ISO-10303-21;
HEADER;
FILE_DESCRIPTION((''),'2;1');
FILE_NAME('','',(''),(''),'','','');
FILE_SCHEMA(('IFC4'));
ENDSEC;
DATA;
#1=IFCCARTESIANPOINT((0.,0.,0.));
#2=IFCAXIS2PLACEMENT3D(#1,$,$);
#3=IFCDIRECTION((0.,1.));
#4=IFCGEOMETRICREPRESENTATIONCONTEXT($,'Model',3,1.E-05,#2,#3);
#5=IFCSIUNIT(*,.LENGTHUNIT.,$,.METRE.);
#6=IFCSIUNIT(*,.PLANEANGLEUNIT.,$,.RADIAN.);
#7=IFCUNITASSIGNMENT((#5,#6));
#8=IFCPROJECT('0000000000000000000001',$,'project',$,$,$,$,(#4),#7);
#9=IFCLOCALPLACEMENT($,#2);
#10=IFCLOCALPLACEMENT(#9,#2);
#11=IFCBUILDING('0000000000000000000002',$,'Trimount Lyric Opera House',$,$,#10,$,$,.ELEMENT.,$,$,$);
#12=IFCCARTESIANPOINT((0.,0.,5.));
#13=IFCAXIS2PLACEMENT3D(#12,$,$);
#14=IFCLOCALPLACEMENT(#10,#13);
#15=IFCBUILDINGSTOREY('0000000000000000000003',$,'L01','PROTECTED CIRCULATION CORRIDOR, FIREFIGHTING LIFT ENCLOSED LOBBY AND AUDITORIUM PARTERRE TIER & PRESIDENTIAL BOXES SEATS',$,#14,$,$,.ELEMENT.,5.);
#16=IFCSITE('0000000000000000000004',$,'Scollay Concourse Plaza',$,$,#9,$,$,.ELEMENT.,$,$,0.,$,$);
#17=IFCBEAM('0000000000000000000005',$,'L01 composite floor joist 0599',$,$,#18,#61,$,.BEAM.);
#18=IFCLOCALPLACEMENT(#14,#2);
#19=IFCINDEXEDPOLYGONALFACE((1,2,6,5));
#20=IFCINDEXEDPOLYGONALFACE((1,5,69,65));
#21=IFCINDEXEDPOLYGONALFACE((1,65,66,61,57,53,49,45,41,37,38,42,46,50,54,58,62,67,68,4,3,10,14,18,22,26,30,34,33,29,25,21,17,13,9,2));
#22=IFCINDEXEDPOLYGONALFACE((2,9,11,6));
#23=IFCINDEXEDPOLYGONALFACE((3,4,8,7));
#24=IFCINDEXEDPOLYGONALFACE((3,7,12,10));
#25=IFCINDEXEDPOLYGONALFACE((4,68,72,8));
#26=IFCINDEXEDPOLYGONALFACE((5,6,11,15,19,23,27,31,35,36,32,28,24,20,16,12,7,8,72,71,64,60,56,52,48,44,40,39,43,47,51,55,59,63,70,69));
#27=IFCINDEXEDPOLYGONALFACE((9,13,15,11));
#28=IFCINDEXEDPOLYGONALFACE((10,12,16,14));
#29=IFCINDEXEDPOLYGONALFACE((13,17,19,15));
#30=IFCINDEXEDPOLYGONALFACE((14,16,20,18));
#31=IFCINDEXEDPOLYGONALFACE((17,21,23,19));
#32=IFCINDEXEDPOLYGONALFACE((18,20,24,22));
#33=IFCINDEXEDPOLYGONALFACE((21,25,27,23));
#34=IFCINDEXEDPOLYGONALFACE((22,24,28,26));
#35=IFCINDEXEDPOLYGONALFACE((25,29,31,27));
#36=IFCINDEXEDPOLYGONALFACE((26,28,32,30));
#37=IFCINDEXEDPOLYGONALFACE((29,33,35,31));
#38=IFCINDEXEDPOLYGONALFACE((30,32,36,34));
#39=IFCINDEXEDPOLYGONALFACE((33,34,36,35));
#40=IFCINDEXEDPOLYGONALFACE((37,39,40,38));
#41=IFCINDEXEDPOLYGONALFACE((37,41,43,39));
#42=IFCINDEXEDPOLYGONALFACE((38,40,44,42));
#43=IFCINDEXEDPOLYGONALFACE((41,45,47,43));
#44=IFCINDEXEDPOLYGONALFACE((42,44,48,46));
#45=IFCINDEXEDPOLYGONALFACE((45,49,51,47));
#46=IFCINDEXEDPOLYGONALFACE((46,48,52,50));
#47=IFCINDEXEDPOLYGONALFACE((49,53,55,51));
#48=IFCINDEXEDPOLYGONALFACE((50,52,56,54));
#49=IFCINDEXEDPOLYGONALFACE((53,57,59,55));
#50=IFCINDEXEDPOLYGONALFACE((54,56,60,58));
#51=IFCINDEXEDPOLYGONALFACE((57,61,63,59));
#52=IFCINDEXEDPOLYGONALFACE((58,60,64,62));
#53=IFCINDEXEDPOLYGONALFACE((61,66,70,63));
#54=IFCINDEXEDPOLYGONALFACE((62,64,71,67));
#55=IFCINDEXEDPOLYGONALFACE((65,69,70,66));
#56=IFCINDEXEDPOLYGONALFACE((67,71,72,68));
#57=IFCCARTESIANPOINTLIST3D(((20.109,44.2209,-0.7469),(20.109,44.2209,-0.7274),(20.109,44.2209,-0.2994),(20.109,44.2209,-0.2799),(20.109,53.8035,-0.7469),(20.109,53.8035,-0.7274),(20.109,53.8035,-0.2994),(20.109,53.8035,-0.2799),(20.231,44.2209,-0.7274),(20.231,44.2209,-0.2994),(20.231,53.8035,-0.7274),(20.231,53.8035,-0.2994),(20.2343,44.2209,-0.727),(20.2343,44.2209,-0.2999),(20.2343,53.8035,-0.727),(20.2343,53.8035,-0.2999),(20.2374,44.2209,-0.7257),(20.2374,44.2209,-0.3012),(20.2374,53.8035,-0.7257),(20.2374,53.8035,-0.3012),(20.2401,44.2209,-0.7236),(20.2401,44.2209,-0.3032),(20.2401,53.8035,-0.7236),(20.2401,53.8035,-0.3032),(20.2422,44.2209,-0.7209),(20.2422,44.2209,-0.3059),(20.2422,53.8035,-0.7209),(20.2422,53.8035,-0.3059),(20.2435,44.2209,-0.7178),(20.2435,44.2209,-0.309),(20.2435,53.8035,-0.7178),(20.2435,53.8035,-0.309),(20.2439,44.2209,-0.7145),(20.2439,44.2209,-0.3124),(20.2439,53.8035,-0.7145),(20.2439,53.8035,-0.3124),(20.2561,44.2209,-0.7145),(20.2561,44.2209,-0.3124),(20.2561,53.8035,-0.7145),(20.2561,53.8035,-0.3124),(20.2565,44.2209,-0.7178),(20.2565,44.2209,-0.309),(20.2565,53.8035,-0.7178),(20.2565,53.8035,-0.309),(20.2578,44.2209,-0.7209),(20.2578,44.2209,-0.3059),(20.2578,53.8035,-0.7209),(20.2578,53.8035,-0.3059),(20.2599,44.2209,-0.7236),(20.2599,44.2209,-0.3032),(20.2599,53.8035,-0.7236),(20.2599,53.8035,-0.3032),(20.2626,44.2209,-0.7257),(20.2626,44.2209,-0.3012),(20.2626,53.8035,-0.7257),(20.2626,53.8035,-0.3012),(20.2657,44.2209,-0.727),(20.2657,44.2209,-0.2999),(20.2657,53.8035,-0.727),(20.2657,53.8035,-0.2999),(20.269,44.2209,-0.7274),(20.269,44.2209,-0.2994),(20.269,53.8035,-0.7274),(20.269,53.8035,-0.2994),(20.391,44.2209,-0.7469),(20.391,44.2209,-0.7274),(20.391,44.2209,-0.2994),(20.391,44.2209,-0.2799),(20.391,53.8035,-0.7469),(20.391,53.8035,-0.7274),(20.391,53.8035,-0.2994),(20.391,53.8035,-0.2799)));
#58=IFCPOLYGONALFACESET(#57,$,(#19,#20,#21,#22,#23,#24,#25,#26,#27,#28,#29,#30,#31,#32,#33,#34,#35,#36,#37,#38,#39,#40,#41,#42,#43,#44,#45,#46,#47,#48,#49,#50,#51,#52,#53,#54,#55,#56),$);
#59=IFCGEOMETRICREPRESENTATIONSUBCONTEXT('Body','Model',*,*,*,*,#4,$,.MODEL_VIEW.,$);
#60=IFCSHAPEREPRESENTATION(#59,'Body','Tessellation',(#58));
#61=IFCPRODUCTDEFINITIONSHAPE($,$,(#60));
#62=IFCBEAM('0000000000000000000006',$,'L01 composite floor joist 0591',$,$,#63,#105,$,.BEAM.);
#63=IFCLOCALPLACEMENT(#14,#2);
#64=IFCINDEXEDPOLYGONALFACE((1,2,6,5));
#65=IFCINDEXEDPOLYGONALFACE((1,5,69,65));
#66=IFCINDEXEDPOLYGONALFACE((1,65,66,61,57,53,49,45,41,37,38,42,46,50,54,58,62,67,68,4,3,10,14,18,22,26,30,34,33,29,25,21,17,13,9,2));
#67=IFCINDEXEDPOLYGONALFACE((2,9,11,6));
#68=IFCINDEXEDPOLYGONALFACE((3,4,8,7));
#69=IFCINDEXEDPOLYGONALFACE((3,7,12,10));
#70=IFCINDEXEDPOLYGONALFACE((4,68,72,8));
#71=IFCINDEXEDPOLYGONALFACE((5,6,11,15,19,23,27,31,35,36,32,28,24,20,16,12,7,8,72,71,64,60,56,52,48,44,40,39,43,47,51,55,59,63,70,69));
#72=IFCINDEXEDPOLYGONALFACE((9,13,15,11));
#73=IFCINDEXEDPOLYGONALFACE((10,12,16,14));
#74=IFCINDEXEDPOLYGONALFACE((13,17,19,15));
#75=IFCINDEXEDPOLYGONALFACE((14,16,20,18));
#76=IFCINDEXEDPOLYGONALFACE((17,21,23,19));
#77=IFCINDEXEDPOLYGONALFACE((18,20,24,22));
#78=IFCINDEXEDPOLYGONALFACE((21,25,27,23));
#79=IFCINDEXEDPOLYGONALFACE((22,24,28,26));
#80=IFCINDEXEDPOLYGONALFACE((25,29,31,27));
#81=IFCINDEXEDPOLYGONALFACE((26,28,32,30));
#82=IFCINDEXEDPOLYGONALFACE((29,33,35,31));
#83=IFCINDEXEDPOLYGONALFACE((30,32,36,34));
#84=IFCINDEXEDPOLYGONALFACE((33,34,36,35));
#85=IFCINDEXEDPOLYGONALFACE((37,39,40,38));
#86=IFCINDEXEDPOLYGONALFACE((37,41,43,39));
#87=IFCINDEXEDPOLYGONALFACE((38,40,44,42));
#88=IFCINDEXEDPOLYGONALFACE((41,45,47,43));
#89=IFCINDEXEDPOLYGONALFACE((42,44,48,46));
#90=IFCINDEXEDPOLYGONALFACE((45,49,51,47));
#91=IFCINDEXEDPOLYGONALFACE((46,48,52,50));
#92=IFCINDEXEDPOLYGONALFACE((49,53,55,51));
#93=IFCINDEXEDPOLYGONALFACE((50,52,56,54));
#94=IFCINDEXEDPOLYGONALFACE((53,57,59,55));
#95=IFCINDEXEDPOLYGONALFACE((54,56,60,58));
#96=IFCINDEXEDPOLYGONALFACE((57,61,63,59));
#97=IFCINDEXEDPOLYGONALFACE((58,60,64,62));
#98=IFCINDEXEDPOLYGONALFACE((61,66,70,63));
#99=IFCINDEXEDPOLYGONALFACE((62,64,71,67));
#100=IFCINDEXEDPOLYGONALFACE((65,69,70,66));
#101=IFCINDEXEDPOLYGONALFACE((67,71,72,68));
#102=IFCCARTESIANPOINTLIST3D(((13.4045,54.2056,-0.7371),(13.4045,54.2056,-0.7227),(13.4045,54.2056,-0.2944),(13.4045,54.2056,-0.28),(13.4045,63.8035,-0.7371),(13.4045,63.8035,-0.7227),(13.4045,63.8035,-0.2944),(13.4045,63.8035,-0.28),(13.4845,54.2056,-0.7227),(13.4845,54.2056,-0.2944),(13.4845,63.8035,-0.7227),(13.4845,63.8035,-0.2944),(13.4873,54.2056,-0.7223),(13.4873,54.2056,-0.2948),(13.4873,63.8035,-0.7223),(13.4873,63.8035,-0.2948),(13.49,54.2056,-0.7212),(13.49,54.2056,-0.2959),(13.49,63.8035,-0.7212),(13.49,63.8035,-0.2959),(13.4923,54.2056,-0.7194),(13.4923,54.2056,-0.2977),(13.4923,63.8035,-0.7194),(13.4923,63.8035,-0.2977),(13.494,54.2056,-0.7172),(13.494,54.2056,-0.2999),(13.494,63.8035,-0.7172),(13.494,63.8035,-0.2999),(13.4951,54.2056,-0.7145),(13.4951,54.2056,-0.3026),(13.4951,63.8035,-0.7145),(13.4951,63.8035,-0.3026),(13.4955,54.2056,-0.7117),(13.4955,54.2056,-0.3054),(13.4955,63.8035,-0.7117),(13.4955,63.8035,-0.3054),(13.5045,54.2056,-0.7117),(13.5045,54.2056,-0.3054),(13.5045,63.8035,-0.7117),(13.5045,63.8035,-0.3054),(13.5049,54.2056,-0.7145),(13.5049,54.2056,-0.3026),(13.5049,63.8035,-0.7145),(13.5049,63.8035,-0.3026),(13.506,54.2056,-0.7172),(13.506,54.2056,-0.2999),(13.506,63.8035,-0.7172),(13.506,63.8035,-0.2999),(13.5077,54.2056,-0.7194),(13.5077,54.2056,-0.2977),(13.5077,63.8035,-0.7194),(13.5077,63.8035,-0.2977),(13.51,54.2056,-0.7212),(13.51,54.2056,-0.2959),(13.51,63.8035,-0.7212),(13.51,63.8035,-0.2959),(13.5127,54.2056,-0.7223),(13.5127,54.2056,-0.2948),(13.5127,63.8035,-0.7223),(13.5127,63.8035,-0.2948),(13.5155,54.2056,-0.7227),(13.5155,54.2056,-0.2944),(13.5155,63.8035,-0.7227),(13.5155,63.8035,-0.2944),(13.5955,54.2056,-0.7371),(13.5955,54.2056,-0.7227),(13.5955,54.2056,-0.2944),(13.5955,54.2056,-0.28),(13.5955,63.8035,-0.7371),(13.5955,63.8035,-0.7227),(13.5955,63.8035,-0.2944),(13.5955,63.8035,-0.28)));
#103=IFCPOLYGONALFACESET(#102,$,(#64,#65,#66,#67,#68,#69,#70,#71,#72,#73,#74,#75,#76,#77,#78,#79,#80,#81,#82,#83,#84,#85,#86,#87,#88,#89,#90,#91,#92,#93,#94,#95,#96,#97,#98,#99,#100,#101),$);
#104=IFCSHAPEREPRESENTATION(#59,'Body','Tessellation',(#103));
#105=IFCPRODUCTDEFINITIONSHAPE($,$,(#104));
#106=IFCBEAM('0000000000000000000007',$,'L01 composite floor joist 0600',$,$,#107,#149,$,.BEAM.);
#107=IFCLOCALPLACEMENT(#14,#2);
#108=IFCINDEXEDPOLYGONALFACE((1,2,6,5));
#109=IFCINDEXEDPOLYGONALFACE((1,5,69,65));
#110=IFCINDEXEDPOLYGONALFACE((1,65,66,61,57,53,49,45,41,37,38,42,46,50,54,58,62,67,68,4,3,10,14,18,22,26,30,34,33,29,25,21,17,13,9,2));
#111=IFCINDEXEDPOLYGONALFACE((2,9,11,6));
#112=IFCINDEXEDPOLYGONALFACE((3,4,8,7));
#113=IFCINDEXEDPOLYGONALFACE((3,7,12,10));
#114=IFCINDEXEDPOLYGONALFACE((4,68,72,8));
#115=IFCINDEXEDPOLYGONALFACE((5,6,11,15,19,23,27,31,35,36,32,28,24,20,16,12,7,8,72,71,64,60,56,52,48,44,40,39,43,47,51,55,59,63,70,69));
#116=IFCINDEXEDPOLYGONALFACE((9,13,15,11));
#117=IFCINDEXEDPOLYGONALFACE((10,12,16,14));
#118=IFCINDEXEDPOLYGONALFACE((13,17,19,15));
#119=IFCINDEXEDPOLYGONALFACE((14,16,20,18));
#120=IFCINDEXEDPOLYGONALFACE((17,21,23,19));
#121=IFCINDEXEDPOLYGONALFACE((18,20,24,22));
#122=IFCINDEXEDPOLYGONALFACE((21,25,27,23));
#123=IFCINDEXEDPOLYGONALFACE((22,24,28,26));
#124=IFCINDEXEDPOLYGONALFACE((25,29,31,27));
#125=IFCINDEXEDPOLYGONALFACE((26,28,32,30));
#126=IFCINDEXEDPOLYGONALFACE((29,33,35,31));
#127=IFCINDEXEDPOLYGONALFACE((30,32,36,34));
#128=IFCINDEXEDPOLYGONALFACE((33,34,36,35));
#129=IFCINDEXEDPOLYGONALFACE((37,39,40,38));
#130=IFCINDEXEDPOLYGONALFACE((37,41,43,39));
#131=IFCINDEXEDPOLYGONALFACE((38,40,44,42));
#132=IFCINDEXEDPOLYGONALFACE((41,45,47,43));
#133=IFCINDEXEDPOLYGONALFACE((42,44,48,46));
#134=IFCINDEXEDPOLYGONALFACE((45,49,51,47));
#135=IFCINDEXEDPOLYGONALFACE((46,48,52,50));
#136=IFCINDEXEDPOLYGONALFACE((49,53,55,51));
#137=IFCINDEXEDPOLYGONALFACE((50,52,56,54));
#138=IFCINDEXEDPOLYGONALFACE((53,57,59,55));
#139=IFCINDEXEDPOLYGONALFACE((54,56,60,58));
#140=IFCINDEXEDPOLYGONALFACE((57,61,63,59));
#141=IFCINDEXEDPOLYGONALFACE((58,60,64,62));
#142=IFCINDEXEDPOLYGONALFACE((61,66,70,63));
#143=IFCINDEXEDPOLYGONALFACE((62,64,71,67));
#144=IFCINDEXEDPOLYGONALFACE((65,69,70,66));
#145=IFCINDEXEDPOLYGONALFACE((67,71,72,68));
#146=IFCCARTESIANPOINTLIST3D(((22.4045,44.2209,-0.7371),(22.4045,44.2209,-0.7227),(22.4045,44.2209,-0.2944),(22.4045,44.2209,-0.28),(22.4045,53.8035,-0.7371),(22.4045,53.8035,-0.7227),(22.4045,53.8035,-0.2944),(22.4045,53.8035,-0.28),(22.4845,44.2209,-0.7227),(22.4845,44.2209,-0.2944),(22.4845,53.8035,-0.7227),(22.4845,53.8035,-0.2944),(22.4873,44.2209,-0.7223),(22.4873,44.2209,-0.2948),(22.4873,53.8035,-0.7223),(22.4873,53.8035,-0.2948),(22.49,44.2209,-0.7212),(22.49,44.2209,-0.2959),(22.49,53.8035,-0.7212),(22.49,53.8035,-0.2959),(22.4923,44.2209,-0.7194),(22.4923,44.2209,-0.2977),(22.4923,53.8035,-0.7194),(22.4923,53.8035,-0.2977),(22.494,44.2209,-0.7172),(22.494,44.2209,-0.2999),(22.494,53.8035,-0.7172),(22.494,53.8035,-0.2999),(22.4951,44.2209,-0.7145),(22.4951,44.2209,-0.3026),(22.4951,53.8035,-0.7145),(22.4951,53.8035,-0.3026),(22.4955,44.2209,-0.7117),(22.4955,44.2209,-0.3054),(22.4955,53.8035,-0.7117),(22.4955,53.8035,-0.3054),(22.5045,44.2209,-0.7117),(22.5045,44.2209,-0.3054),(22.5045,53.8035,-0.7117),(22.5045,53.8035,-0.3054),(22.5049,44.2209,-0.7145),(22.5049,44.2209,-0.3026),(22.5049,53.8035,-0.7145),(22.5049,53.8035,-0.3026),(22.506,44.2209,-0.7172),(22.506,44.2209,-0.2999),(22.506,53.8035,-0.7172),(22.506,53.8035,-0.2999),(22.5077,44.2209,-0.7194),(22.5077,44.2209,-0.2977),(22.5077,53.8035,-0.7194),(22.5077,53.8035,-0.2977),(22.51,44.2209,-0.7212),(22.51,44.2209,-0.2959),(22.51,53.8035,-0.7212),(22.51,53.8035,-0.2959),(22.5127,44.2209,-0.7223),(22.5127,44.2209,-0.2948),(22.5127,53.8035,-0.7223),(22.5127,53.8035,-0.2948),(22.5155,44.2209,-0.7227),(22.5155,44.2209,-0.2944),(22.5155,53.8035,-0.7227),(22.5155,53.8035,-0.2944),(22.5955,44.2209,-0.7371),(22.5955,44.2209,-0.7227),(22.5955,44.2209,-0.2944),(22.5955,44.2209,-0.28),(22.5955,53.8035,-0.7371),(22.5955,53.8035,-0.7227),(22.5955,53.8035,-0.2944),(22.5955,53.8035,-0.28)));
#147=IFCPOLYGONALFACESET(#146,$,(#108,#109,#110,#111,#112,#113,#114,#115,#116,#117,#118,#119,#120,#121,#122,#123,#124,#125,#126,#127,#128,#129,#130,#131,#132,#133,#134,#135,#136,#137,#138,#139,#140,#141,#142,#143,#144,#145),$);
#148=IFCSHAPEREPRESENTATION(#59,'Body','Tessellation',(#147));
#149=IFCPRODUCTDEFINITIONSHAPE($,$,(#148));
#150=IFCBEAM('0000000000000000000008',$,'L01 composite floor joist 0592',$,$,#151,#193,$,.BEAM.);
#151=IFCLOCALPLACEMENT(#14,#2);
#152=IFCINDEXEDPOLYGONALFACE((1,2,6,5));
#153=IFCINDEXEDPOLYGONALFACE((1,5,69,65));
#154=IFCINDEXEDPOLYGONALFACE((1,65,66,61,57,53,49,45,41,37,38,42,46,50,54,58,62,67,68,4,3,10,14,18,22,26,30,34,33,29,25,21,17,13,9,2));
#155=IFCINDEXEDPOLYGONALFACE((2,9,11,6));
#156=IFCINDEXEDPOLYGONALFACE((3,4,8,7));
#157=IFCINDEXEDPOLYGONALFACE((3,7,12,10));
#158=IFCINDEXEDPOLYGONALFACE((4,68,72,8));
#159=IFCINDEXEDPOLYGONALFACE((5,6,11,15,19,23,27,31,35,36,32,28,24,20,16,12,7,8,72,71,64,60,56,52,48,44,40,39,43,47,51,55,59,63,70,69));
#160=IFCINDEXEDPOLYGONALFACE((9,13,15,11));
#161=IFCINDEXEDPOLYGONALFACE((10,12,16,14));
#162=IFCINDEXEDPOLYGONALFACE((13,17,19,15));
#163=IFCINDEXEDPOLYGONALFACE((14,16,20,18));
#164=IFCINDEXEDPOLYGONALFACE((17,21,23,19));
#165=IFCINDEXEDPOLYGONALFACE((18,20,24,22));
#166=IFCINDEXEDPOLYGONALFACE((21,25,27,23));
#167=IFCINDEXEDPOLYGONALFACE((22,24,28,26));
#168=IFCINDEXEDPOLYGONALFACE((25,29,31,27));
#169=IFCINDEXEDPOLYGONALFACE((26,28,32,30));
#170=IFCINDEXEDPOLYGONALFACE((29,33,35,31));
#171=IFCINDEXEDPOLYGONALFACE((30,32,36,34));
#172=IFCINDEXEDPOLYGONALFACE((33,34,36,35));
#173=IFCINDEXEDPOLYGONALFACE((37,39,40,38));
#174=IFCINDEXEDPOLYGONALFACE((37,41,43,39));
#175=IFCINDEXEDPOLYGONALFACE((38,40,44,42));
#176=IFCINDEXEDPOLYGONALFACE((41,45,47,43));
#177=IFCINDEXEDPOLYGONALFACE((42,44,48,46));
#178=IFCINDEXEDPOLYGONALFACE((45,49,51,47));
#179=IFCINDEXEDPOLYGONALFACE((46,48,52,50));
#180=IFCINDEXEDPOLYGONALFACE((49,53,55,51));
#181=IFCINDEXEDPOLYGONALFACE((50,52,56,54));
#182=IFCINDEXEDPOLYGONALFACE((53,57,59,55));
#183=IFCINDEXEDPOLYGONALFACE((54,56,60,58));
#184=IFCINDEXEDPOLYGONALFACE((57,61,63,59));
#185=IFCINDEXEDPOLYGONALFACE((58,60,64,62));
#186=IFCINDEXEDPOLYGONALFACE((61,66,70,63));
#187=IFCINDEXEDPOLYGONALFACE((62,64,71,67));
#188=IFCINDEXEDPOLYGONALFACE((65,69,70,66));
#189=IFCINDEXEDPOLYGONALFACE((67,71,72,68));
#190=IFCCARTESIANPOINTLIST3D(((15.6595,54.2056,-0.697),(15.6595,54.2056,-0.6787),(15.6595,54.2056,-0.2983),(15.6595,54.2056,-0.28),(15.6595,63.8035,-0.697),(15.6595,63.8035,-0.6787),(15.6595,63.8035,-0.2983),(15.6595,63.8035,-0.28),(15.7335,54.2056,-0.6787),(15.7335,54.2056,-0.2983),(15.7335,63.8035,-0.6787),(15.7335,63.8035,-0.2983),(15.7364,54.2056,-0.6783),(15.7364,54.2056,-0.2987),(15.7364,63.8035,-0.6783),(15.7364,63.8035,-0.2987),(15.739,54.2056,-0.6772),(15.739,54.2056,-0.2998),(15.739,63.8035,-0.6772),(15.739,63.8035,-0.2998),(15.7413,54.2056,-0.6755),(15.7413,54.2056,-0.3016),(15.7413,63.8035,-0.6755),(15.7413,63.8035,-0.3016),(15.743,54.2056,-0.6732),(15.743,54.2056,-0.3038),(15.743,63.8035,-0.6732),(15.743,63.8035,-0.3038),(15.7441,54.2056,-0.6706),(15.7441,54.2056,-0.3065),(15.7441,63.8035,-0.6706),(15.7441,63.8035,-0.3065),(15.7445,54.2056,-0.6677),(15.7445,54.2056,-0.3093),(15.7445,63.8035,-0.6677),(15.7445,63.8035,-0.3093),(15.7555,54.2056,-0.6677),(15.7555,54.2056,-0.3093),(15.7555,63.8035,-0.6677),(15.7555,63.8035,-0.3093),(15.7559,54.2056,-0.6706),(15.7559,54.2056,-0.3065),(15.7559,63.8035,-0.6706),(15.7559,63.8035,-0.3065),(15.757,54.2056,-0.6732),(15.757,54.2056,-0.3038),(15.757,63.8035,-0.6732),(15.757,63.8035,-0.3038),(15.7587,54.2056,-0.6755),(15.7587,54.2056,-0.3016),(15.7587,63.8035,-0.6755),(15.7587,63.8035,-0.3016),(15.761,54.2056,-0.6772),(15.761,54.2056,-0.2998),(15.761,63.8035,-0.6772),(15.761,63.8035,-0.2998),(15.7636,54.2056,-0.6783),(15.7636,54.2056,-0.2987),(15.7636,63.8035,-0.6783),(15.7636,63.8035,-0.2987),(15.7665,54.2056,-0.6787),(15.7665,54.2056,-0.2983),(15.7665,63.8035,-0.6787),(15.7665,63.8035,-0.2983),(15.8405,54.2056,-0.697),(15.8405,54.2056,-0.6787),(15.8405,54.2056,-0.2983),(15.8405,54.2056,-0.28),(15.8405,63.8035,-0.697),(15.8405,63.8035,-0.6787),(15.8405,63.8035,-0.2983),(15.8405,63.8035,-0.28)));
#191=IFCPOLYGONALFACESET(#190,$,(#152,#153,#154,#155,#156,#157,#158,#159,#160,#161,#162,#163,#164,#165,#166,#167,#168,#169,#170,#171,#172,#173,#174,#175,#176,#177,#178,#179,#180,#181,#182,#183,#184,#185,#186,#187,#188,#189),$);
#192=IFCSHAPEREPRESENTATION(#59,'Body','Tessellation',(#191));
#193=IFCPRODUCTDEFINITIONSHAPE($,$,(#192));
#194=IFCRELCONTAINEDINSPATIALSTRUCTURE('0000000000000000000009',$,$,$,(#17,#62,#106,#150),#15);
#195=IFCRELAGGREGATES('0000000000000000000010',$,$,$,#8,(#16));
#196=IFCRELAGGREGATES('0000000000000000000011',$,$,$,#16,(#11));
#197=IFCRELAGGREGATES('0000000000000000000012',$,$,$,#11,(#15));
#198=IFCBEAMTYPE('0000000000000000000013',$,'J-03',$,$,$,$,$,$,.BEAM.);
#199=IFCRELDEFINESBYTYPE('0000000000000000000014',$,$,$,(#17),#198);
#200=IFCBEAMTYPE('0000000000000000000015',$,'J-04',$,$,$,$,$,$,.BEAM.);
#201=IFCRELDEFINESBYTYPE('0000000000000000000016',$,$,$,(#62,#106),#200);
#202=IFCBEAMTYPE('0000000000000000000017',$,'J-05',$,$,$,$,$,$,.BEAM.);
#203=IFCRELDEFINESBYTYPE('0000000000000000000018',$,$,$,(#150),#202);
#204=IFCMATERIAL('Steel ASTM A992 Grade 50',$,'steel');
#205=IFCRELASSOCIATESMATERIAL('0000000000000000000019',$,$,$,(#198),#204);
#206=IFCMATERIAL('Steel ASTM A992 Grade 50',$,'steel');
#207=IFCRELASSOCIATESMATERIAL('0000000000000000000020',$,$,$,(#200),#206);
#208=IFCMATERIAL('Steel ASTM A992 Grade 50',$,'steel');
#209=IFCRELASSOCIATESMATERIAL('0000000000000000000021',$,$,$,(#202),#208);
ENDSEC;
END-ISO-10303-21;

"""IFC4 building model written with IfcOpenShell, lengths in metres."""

from ifc_helpers import new_model, si_unit, direction, frame, origin, origin_2d, place, context, subcontext, project, spatial, i_section, extrude, material, material_profile, profile_set, type_object, element, save


model = new_model("IFC4")

# Units and contexts
model_context = context("Model", 3, precision=1e-05, world=origin(), true_north=direction((0.0, 1.0)))
body_context = subcontext(model_context, "Body", "Model", "MODEL_VIEW")
ifc_project = project(units=[si_unit("LENGTHUNIT", "METRE"), si_unit("PLANEANGLEUNIT", "RADIAN")], contexts=[model_context])

# Site, building, storey
site_placement = place(None, origin())
site = spatial("IfcSite", under=ifc_project, at=site_placement, Name="Scollay Concourse Plaza", CompositionType="ELEMENT", RefElevation=0.0)
building_placement = place(site_placement, origin())
building = spatial("IfcBuilding", under=site, at=building_placement, Name="Trimount Lyric Opera House", CompositionType="ELEMENT")
storey_placement = place(building_placement, frame((0.0, 0.0, 5.0)))
storey = spatial("IfcBuildingStorey", under=building, at=storey_placement, Name="L01", Description="PROTECTED CIRCULATION CORRIDOR, FIREFIGHTING LIFT ENCLOSED LOBBY AND AUDITORIUM PARTERRE TIER & PRESIDENTIAL BOXES SEATS", CompositionType="ELEMENT", Elevation=5.0)

# Beams
ifc_material_1 = material(Name="Steel ASTM A992 Grade 50", Category="steel")
ifc_material_profile_1 = material_profile(ifc_material_1, i_section(OverallWidth=0.282, OverallDepth=0.467, WebThickness=0.0122, FlangeThickness=0.0195, FilletRadius=0.0129, at=origin_2d()), Name="W18X86")
ifc_profile_set_1 = profile_set([ifc_material_profile_1], Name="Steel ASTM A992 Grade 50")
beam_type_1 = type_object("IfcBeamType", Name="J-03", PredefinedType="BEAM", material=ifc_profile_set_1)
beam_1_placement = place(storey_placement, frame((20.25, 44.2209, -0.5134), z_axis=(0.0, 1.0, 0.0), x_axis=(-1.0, 0.0, 0.0)))
element("IfcBeam", 1, at=beam_1_placement, inside=storey, type_object=beam_type_1, Name="L01 composite floor joist 0599", PredefinedType="BEAM", context=body_context, shape_type="SweptSolid", body=[
    extrude(i_section(OverallWidth=0.282, OverallDepth=0.467, WebThickness=0.0122, FlangeThickness=0.0195, FilletRadius=0.0129, at=origin_2d()), origin(), (0.0, 0.0, 1.0), 9.5825),
])
ifc_material_2 = material(Name="Steel ASTM A992 Grade 50", Category="steel")
ifc_material_profile_2 = material_profile(ifc_material_2, i_section(OverallWidth=0.1909, OverallDepth=0.457, WebThickness=0.009, FlangeThickness=0.0144, FilletRadius=0.011, at=origin_2d()), Name="W18X50")
ifc_profile_set_2 = profile_set([ifc_material_profile_2], Name="Steel ASTM A992 Grade 50")
beam_type_2 = type_object("IfcBeamType", Name="J-04", PredefinedType="BEAM", material=ifc_profile_set_2)
beam_2_placement = place(storey_placement, frame((13.5, 54.2056, -0.5085), z_axis=(0.0, 1.0, 0.0), x_axis=(-1.0, 0.0, 0.0)))
element("IfcBeam", 2, at=beam_2_placement, inside=storey, type_object=beam_type_2, Name="L01 composite floor joist 0591", PredefinedType="BEAM", context=body_context, shape_type="SweptSolid", body=[
    extrude(i_section(OverallWidth=0.1909, OverallDepth=0.457, WebThickness=0.009, FlangeThickness=0.0144, FilletRadius=0.011, at=origin_2d()), origin(), (0.0, 0.0, 1.0), 9.5979),
])
beam_3_placement = place(storey_placement, frame((22.5, 44.2209, -0.5085), z_axis=(0.0, 1.0, 0.0), x_axis=(-1.0, 0.0, 0.0)))
element("IfcBeam", 3, at=beam_3_placement, inside=storey, type_object=beam_type_2, Name="L01 composite floor joist 0600", PredefinedType="BEAM", context=body_context, shape_type="SweptSolid", body=[
    extrude(i_section(OverallWidth=0.1909, OverallDepth=0.457, WebThickness=0.009, FlangeThickness=0.0144, FilletRadius=0.011, at=origin_2d()), origin(), (0.0, 0.0, 1.0), 9.5825),
])
ifc_material_3 = material(Name="Steel ASTM A992 Grade 50", Category="steel")
ifc_material_profile_3 = material_profile(ifc_material_3, i_section(OverallWidth=0.1809, OverallDepth=0.417, WebThickness=0.011, FlangeThickness=0.0183, FilletRadius=0.011, at=origin_2d()), Name="W16X57")
ifc_profile_set_3 = profile_set([ifc_material_profile_3], Name="Steel ASTM A992 Grade 50")
beam_type_3 = type_object("IfcBeamType", Name="J-05", PredefinedType="BEAM", material=ifc_profile_set_3)
beam_4_placement = place(storey_placement, frame((15.75, 54.2056, -0.4885), z_axis=(0.0, 1.0, 0.0), x_axis=(-1.0, 0.0, 0.0)))
element("IfcBeam", 4, at=beam_4_placement, inside=storey, type_object=beam_type_3, Name="L01 composite floor joist 0592", PredefinedType="BEAM", context=body_context, shape_type="SweptSolid", body=[
    extrude(i_section(OverallWidth=0.1809, OverallDepth=0.417, WebThickness=0.011, FlangeThickness=0.0183, FilletRadius=0.011, at=origin_2d()), origin(), (0.0, 0.0, 1.0), 9.5979),
])

save(model, "model.ifc")
